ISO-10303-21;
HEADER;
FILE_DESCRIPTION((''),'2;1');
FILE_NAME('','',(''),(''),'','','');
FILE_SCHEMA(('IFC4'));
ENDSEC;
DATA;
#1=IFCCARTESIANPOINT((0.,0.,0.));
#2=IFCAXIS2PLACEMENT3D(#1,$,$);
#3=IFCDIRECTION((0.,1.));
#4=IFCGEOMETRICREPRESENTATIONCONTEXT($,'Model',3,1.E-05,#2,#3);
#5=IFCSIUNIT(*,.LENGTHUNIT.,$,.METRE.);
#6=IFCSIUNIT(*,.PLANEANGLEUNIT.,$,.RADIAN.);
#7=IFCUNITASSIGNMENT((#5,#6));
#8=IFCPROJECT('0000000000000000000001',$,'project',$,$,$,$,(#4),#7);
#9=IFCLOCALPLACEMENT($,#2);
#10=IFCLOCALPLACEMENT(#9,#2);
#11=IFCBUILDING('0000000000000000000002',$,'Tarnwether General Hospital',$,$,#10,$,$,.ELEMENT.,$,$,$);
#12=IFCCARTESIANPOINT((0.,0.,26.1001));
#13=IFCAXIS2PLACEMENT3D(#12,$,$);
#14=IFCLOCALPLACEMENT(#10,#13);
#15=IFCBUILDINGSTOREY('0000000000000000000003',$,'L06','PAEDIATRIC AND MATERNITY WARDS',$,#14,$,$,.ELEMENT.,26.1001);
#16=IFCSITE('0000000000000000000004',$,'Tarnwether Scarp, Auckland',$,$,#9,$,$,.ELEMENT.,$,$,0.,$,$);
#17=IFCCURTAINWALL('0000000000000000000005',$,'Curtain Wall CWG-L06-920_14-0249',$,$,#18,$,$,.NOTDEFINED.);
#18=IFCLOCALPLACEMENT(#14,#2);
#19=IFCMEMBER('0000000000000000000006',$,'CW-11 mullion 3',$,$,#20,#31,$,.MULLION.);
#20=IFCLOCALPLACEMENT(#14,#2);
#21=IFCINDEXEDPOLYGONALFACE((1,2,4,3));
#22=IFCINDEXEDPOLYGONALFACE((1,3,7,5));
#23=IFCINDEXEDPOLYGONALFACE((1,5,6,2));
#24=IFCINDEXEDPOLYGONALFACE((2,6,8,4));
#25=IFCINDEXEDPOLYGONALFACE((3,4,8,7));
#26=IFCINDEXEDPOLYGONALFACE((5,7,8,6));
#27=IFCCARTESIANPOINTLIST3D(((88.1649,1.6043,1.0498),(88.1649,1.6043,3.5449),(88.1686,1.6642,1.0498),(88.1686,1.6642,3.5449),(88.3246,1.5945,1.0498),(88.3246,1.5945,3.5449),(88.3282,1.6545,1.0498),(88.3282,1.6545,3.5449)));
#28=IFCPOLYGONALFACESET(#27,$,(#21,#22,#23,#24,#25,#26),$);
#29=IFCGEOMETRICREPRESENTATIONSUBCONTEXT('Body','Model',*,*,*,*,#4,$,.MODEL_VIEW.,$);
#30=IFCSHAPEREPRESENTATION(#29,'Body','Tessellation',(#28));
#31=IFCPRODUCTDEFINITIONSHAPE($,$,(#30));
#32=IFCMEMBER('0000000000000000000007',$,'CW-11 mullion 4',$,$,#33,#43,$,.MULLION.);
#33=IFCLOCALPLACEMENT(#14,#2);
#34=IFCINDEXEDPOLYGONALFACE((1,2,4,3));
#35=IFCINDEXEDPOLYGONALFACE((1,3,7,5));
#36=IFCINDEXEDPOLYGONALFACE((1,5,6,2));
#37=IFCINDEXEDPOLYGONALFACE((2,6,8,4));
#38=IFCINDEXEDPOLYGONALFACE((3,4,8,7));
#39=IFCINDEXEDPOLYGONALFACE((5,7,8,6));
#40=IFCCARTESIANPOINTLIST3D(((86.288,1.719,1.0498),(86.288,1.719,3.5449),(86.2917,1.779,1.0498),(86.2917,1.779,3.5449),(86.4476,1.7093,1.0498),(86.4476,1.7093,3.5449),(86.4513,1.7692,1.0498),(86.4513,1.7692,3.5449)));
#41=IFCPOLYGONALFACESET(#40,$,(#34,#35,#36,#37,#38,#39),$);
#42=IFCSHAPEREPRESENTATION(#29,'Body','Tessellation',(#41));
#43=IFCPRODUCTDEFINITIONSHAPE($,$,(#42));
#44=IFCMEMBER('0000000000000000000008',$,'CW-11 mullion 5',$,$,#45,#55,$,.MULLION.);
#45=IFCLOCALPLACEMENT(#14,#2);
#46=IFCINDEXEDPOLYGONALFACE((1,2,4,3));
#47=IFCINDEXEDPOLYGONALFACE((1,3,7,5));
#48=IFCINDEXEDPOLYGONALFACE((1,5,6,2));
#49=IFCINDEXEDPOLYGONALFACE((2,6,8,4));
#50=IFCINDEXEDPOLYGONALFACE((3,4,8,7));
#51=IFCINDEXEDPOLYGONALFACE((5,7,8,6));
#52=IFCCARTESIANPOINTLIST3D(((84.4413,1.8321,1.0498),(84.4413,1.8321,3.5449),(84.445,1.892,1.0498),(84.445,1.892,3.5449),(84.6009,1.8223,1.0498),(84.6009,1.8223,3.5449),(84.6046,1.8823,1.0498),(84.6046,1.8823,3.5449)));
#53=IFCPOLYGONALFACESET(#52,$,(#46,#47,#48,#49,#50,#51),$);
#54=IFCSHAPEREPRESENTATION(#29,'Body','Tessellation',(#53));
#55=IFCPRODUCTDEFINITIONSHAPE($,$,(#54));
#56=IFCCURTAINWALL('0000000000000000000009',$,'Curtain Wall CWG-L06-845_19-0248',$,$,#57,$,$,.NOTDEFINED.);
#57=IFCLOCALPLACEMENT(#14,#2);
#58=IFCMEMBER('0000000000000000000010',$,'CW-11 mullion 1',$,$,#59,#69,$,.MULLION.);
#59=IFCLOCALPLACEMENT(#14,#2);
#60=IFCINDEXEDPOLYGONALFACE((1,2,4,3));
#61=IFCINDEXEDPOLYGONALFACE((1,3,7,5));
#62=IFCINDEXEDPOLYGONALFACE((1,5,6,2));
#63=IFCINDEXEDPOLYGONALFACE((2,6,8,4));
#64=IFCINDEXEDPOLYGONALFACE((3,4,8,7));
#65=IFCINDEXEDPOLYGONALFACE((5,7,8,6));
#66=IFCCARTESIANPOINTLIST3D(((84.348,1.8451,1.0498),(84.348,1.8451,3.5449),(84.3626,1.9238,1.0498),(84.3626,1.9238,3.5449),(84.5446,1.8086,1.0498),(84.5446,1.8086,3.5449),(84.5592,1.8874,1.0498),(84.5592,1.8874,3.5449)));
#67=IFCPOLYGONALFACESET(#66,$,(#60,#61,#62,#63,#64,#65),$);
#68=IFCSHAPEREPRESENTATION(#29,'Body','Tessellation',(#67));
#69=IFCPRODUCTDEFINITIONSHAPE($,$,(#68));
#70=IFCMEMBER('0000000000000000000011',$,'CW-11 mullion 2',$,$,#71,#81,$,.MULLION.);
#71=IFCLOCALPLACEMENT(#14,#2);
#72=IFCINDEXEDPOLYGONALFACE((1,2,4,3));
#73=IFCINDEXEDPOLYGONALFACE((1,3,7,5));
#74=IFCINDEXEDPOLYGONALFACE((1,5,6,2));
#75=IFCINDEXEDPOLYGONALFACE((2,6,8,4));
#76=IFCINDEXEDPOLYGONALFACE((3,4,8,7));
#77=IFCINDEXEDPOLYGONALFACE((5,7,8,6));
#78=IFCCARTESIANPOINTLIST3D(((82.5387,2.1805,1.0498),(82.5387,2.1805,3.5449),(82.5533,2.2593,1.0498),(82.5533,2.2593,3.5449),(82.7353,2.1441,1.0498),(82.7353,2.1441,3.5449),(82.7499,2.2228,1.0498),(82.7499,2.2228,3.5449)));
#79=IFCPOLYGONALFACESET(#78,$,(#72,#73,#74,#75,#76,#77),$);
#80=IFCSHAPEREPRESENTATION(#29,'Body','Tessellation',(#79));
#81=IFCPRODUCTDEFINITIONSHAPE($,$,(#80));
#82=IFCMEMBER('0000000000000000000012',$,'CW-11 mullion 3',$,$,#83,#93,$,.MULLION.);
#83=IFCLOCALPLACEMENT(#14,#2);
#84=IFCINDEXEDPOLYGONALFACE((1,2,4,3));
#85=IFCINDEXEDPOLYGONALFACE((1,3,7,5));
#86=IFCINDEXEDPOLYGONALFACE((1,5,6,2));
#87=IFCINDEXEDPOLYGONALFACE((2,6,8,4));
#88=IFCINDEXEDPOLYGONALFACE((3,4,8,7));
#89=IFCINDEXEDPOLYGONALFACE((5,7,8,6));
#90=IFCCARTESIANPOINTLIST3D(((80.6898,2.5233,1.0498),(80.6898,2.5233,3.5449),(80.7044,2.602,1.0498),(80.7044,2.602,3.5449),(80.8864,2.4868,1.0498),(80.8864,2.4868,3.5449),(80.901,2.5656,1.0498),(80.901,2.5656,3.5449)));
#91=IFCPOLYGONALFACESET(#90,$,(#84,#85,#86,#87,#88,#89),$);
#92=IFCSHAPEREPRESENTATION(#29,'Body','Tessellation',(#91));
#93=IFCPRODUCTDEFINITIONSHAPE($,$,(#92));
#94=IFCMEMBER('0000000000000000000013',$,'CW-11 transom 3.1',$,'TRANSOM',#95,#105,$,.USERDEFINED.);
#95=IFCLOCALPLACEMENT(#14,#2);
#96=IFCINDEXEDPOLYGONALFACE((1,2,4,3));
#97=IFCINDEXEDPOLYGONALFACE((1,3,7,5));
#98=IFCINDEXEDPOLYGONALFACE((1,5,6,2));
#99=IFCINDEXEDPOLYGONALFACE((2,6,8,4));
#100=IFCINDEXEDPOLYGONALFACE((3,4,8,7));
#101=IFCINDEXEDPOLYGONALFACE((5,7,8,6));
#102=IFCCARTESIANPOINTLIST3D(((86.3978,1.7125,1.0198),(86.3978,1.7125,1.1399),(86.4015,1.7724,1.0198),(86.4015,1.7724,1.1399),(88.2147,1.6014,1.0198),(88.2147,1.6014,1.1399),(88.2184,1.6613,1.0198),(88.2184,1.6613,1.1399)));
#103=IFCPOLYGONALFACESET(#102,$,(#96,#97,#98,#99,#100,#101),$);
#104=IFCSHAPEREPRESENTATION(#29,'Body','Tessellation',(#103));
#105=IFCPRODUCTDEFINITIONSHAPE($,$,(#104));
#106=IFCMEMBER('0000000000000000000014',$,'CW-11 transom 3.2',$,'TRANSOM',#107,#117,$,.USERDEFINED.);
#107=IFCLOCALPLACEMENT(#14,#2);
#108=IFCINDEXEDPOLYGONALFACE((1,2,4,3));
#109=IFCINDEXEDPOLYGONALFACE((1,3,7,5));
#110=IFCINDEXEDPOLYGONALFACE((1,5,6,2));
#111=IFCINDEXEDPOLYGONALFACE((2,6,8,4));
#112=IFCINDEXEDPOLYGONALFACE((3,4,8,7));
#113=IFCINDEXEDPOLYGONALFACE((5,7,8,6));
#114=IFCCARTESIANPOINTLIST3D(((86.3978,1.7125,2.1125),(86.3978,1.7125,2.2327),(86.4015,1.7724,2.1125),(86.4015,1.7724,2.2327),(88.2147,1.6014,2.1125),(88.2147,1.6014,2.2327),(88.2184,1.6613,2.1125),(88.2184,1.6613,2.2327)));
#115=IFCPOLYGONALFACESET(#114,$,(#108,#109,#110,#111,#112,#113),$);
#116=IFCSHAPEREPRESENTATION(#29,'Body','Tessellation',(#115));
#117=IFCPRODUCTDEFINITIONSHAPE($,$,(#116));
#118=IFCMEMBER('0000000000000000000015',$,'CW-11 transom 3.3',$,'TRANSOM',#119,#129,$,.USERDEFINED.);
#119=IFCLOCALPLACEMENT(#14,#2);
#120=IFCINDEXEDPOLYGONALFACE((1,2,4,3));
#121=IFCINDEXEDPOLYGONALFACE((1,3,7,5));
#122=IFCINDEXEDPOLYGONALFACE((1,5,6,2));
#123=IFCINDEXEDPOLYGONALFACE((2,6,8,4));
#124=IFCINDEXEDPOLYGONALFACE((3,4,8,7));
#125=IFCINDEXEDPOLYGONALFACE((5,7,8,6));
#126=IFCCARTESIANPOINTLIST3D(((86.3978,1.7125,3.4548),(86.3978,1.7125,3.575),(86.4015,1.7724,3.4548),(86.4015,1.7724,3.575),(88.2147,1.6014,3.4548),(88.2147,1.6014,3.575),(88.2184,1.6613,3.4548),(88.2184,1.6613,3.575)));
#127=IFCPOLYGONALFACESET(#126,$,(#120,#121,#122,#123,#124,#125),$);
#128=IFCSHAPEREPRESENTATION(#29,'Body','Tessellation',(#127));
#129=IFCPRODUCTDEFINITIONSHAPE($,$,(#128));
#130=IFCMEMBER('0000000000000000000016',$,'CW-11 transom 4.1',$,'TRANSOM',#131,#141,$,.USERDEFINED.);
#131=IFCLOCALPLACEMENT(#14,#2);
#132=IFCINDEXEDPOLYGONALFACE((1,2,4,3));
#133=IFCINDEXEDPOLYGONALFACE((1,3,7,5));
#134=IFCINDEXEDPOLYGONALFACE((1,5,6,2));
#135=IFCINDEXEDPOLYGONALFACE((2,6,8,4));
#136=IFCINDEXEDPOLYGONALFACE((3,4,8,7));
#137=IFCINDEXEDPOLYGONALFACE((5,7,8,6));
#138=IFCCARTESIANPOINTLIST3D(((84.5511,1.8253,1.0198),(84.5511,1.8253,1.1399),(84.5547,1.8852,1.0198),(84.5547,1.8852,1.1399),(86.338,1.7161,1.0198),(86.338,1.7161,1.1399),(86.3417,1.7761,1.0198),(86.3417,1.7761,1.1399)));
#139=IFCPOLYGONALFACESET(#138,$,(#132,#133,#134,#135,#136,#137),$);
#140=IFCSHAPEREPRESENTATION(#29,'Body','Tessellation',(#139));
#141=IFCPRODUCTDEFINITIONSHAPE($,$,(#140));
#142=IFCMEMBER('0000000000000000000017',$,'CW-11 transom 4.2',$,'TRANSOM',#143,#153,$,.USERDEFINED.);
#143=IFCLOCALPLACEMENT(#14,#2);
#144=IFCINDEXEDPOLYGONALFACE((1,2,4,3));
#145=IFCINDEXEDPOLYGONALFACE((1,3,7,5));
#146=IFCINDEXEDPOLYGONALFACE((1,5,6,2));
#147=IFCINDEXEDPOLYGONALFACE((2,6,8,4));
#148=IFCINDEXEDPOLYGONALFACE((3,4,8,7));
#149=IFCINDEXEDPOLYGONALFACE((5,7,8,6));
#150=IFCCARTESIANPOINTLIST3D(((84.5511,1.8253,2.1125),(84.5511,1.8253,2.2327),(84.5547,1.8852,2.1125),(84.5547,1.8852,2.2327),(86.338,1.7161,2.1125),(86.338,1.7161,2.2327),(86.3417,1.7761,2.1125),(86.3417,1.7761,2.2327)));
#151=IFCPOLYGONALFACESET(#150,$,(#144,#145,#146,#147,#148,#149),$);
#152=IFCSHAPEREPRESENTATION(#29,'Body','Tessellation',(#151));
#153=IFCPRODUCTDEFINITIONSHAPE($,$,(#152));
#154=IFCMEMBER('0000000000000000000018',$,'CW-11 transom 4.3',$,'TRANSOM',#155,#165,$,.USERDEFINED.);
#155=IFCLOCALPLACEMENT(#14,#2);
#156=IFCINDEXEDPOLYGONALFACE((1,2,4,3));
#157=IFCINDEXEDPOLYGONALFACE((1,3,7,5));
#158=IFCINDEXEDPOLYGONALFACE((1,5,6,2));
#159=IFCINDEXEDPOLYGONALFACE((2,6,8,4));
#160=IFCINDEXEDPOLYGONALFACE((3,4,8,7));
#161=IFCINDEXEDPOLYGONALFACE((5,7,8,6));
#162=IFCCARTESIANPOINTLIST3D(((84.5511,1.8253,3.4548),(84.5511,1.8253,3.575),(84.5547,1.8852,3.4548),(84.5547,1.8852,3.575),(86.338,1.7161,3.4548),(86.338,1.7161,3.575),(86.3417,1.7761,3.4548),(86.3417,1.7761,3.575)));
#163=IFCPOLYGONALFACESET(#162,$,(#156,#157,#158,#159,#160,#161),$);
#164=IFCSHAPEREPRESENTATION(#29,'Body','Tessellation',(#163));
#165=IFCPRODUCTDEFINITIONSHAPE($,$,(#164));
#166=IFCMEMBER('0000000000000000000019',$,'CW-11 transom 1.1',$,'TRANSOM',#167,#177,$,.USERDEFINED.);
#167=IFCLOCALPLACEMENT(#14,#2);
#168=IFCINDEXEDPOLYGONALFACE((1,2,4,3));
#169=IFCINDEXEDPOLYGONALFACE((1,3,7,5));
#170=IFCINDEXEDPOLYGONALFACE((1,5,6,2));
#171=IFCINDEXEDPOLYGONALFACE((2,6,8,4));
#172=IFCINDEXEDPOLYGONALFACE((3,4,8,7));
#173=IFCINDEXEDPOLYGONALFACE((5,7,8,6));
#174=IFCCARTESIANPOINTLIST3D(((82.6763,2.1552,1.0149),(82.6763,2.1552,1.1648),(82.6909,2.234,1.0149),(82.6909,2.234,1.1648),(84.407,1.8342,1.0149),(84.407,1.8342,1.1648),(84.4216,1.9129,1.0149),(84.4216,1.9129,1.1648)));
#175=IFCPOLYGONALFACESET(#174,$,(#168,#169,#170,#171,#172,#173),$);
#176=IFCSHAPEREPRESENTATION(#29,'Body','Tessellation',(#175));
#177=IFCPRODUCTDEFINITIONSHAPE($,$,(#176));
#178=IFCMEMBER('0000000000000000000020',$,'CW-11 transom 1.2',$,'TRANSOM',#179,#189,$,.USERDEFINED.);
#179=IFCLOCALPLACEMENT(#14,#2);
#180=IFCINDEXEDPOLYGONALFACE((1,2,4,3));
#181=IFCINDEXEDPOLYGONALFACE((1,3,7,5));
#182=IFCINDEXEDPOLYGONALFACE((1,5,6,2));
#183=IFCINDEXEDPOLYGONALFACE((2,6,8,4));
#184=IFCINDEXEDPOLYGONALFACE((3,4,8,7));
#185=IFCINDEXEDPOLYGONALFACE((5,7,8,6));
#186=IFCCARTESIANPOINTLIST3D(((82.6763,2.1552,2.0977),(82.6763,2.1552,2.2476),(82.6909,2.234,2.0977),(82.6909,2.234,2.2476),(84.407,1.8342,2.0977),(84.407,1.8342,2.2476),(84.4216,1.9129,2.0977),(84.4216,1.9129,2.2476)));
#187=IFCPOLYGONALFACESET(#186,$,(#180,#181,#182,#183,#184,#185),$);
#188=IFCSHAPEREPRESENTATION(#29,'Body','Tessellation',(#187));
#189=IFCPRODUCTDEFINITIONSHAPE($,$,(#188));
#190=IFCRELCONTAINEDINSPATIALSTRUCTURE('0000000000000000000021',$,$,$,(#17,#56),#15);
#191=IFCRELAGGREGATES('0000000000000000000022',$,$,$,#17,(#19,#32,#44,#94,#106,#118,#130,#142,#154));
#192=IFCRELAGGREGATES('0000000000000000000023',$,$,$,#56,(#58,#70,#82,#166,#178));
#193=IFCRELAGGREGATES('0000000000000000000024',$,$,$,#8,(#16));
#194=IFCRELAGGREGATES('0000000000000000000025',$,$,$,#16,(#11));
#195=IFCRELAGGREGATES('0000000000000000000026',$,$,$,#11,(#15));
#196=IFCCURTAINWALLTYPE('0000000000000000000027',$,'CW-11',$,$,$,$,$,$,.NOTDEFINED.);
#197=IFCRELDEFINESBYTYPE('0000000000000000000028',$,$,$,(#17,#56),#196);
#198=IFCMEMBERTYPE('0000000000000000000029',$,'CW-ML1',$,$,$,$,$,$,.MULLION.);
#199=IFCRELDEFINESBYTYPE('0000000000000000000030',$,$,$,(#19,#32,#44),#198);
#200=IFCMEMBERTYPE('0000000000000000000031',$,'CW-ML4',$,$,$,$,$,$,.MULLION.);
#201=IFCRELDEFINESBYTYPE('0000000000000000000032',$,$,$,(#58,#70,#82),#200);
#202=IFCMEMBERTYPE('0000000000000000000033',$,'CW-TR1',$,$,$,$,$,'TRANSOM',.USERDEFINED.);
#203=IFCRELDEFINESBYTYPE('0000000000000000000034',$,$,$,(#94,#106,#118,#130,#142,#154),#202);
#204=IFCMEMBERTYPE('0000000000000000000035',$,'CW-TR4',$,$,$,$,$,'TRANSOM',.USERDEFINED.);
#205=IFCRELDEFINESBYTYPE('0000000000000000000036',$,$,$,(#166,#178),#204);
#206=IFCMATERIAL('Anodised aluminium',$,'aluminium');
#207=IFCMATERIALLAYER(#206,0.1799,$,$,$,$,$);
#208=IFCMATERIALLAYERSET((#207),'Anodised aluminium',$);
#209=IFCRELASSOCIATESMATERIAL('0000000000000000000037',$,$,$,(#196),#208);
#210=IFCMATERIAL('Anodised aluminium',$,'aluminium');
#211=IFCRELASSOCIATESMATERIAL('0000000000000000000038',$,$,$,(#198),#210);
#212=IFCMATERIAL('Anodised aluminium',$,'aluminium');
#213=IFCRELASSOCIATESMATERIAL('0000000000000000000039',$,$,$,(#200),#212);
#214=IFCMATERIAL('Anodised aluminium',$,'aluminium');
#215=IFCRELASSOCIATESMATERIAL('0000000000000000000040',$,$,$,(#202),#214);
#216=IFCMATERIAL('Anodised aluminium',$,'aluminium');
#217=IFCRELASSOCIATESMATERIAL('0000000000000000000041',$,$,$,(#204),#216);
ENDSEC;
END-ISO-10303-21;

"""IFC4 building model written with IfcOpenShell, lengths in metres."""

from ifc_helpers import new_model, si_unit, direction, frame, origin, origin_2d, place, context, subcontext, project, spatial, rectangle, extrude, material, layer, layer_set, material_profile, profile_set, type_object, element, aggregate, save


model = new_model("IFC4")

# Units and contexts
model_context = context("Model", 3, precision=1e-05, world=origin(), true_north=direction((0.0, 1.0)))
body_context = subcontext(model_context, "Body", "Model", "MODEL_VIEW")
ifc_project = project(units=[si_unit("LENGTHUNIT", "METRE"), si_unit("PLANEANGLEUNIT", "RADIAN")], contexts=[model_context])

# Site, building, storey
site_placement = place(None, origin())
site = spatial("IfcSite", under=ifc_project, at=site_placement, Name="Tarnwether Scarp, Auckland", CompositionType="ELEMENT", RefElevation=0.0)
building_placement = place(site_placement, origin())
building = spatial("IfcBuilding", under=site, at=building_placement, Name="Tarnwether General Hospital", CompositionType="ELEMENT")
storey_placement = place(building_placement, frame((0.0, 0.0, 26.1001)))
storey = spatial("IfcBuildingStorey", under=building, at=storey_placement, Name="L06", Description="PAEDIATRIC AND MATERNITY WARDS", CompositionType="ELEMENT", Elevation=26.1001)

# Curtain walls, members
ifc_material_1 = material(Name="Anodised aluminium", Category="aluminium")
ifc_layer_1 = layer(ifc_material_1, 0.1799)
ifc_layer_set_1 = layer_set([ifc_layer_1], Name="Anodised aluminium")
curtain_wall_type = type_object("IfcCurtainWallType", Name="CW-11", PredefinedType="NOTDEFINED", material=ifc_layer_set_1)
curtain_wall_1_placement = place(storey_placement, origin())
curtain_wall_1 = element("IfcCurtainWall", 1, at=curtain_wall_1_placement, inside=storey, type_object=curtain_wall_type, Name="Curtain Wall CWG-L06-920_14-0249", PredefinedType="NOTDEFINED")
ifc_material_2 = material(Name="Anodised aluminium", Category="aluminium")
ifc_material_profile_1 = material_profile(ifc_material_2, rectangle(XDim=0.0601, YDim=0.1599, at=origin_2d()), Name="ALU-MUL-60x160")
ifc_profile_set_1 = profile_set([ifc_material_profile_1], Name="Anodised aluminium")
member_type_1 = type_object("IfcMemberType", Name="CW-ML1", PredefinedType="MULLION", material=ifc_profile_set_1)
member_1_placement = place(storey_placement, frame((88.2466, 1.6294, 1.0498), z_axis=(0.0, 0.0, 1.0), x_axis=(-0.061029, -0.998136, 0.0)))
member_1 = element("IfcMember", 2, at=member_1_placement, type_object=member_type_1, Name="CW-11 mullion 3", PredefinedType="MULLION", context=body_context, shape_type="SweptSolid", body=[
    extrude(rectangle(XDim=0.0601, YDim=0.1599, at=origin_2d()), origin(), (0.0, 0.0, 1.0), 2.4951),
])
member_2_placement = place(storey_placement, frame((86.3696, 1.7441, 1.0498), z_axis=(0.0, 0.0, 1.0), x_axis=(-0.061029, -0.998136, 0.0)))
member_2 = element("IfcMember", 3, at=member_2_placement, type_object=member_type_1, Name="CW-11 mullion 4", PredefinedType="MULLION", context=body_context, shape_type="SweptSolid", body=[
    extrude(rectangle(XDim=0.0601, YDim=0.1599, at=origin_2d()), origin(), (0.0, 0.0, 1.0), 2.4951),
])
member_3_placement = place(storey_placement, frame((84.5229, 1.8572, 1.0498), z_axis=(0.0, 0.0, 1.0), x_axis=(-0.061029, -0.998136, 0.0)))
member_3 = element("IfcMember", 4, at=member_3_placement, type_object=member_type_1, Name="CW-11 mullion 5", PredefinedType="MULLION", context=body_context, shape_type="SweptSolid", body=[
    extrude(rectangle(XDim=0.0601, YDim=0.1599, at=origin_2d()), origin(), (0.0, 0.0, 1.0), 2.4951),
])
curtain_wall_2_placement = place(storey_placement, origin())
curtain_wall_2 = element("IfcCurtainWall", 5, at=curtain_wall_2_placement, inside=storey, type_object=curtain_wall_type, Name="Curtain Wall CWG-L06-845_19-0248", PredefinedType="NOTDEFINED")
ifc_material_3 = material(Name="Anodised aluminium", Category="aluminium")
ifc_material_profile_2 = material_profile(ifc_material_3, rectangle(XDim=0.0801, YDim=0.2, at=origin_2d()), Name="ALU-MUL-80x200")
ifc_profile_set_2 = profile_set([ifc_material_profile_2], Name="Anodised aluminium")
member_type_2 = type_object("IfcMemberType", Name="CW-ML4", PredefinedType="MULLION", material=ifc_profile_set_2)
member_4_placement = place(storey_placement, frame((84.4536, 1.8662, 1.0498), z_axis=(0.0, 0.0, 1.0), x_axis=(-0.182289, -0.983245, 0.0)))
member_4 = element("IfcMember", 6, at=member_4_placement, type_object=member_type_2, Name="CW-11 mullion 1", PredefinedType="MULLION", context=body_context, shape_type="SweptSolid", body=[
    extrude(rectangle(XDim=0.0801, YDim=0.2, at=origin_2d()), origin(), (0.0, 0.0, 1.0), 2.4951),
])
member_5_placement = place(storey_placement, frame((82.6443, 2.2017, 1.0498), z_axis=(0.0, 0.0, 1.0), x_axis=(-0.182289, -0.983245, 0.0)))
member_5 = element("IfcMember", 7, at=member_5_placement, type_object=member_type_2, Name="CW-11 mullion 2", PredefinedType="MULLION", context=body_context, shape_type="SweptSolid", body=[
    extrude(rectangle(XDim=0.0801, YDim=0.2, at=origin_2d()), origin(), (0.0, 0.0, 1.0), 2.4951),
])
member_6_placement = place(storey_placement, frame((80.7954, 2.5444, 1.0498), z_axis=(0.0, 0.0, 1.0), x_axis=(-0.182289, -0.983245, 0.0)))
member_6 = element("IfcMember", 8, at=member_6_placement, type_object=member_type_2, Name="CW-11 mullion 3", PredefinedType="MULLION", context=body_context, shape_type="SweptSolid", body=[
    extrude(rectangle(XDim=0.0801, YDim=0.2, at=origin_2d()), origin(), (0.0, 0.0, 1.0), 2.4951),
])

# Members
ifc_material_4 = material(Name="Anodised aluminium", Category="aluminium")
ifc_material_profile_3 = material_profile(ifc_material_4, rectangle(XDim=0.0601, YDim=0.1201, at=origin_2d()), Name="ALU-TRN-60x120")
ifc_profile_set_3 = profile_set([ifc_material_profile_3], Name="Anodised aluminium")
member_type_3 = type_object("IfcMemberType", Name="CW-TR1", ElementType="TRANSOM", PredefinedType="USERDEFINED", material=ifc_profile_set_3)
member_7_placement = place(storey_placement, frame((88.2166, 1.6313, 1.0798), z_axis=(-0.998136, 0.061026, 0.0), x_axis=(-0.061026, -0.998136, 0.0)))
member_7 = element("IfcMember", 9, at=member_7_placement, type_object=member_type_3, Name="CW-11 transom 3.1", ObjectType="TRANSOM", PredefinedType="USERDEFINED", context=body_context, shape_type="SweptSolid", body=[
    extrude(rectangle(XDim=0.0601, YDim=0.1201, at=origin_2d()), origin(), (0.0, 0.0, 1.0), 1.8203),
])
member_8_placement = place(storey_placement, frame((88.2166, 1.6313, 2.1726), z_axis=(-0.998136, 0.061026, 0.0), x_axis=(-0.061026, -0.998136, 0.0)))
member_8 = element("IfcMember", 10, at=member_8_placement, type_object=member_type_3, Name="CW-11 transom 3.2", ObjectType="TRANSOM", PredefinedType="USERDEFINED", context=body_context, shape_type="SweptSolid", body=[
    extrude(rectangle(XDim=0.0601, YDim=0.1201, at=origin_2d()), origin(), (0.0, 0.0, 1.0), 1.8203),
])
member_9_placement = place(storey_placement, frame((88.2166, 1.6313, 3.5149), z_axis=(-0.998136, 0.061026, 0.0), x_axis=(-0.061026, -0.998136, 0.0)))
member_9 = element("IfcMember", 11, at=member_9_placement, type_object=member_type_3, Name="CW-11 transom 3.3", ObjectType="TRANSOM", PredefinedType="USERDEFINED", context=body_context, shape_type="SweptSolid", body=[
    extrude(rectangle(XDim=0.0601, YDim=0.1201, at=origin_2d()), origin(), (0.0, 0.0, 1.0), 1.8203),
])
member_10_placement = place(storey_placement, frame((86.3398, 1.7461, 1.0798), z_axis=(-0.99814, 0.06096, 0.0), x_axis=(-0.06096, -0.99814, 0.0)))
member_10 = element("IfcMember", 12, at=member_10_placement, type_object=member_type_3, Name="CW-11 transom 4.1", ObjectType="TRANSOM", PredefinedType="USERDEFINED", context=body_context, shape_type="SweptSolid", body=[
    extrude(rectangle(XDim=0.0601, YDim=0.1201, at=origin_2d()), origin(), (0.0, 0.0, 1.0), 1.7903),
])
member_11_placement = place(storey_placement, frame((86.3398, 1.7461, 2.1726), z_axis=(-0.99814, 0.06096, 0.0), x_axis=(-0.06096, -0.99814, 0.0)))
member_11 = element("IfcMember", 13, at=member_11_placement, type_object=member_type_3, Name="CW-11 transom 4.2", ObjectType="TRANSOM", PredefinedType="USERDEFINED", context=body_context, shape_type="SweptSolid", body=[
    extrude(rectangle(XDim=0.0601, YDim=0.1201, at=origin_2d()), origin(), (0.0, 0.0, 1.0), 1.7903),
])
member_12_placement = place(storey_placement, frame((86.3398, 1.7461, 3.5149), z_axis=(-0.99814, 0.06096, 0.0), x_axis=(-0.06096, -0.99814, 0.0)))
member_12 = element("IfcMember", 14, at=member_12_placement, type_object=member_type_3, Name="CW-11 transom 4.3", ObjectType="TRANSOM", PredefinedType="USERDEFINED", context=body_context, shape_type="SweptSolid", body=[
    extrude(rectangle(XDim=0.0601, YDim=0.1201, at=origin_2d()), origin(), (0.0, 0.0, 1.0), 1.7903),
])
ifc_material_5 = material(Name="Anodised aluminium", Category="aluminium")
ifc_material_profile_4 = material_profile(ifc_material_5, rectangle(XDim=0.0801, YDim=0.1499, at=origin_2d()), Name="ALU-TRN-80x150")
ifc_profile_set_4 = profile_set([ifc_material_profile_4], Name="Anodised aluminium")
member_type_4 = type_object("IfcMemberType", Name="CW-TR4", ElementType="TRANSOM", PredefinedType="USERDEFINED", material=ifc_profile_set_4)
member_13_placement = place(storey_placement, frame((84.4143, 1.8735, 1.0898), z_axis=(-0.983227, 0.182387, 0.0), x_axis=(-0.182387, -0.983227, 0.0)))
member_13 = element("IfcMember", 15, at=member_13_placement, type_object=member_type_4, Name="CW-11 transom 1.1", ObjectType="TRANSOM", PredefinedType="USERDEFINED", context=body_context, shape_type="SweptSolid", body=[
    extrude(rectangle(XDim=0.0801, YDim=0.1499, at=origin_2d()), origin(), (0.0, 0.0, 1.0), 1.7603),
])
member_14_placement = place(storey_placement, frame((84.4143, 1.8735, 2.1726), z_axis=(-0.983227, 0.182387, 0.0), x_axis=(-0.182387, -0.983227, 0.0)))
member_14 = element("IfcMember", 16, at=member_14_placement, type_object=member_type_4, Name="CW-11 transom 1.2", ObjectType="TRANSOM", PredefinedType="USERDEFINED", context=body_context, shape_type="SweptSolid", body=[
    extrude(rectangle(XDim=0.0801, YDim=0.1499, at=origin_2d()), origin(), (0.0, 0.0, 1.0), 1.7603),
])

aggregate(curtain_wall_1, [member_1, member_2, member_3, member_7, member_8, member_9, member_10, member_11, member_12])
aggregate(curtain_wall_2, [member_4, member_5, member_6, member_13, member_14])

save(model, "model.ifc")
